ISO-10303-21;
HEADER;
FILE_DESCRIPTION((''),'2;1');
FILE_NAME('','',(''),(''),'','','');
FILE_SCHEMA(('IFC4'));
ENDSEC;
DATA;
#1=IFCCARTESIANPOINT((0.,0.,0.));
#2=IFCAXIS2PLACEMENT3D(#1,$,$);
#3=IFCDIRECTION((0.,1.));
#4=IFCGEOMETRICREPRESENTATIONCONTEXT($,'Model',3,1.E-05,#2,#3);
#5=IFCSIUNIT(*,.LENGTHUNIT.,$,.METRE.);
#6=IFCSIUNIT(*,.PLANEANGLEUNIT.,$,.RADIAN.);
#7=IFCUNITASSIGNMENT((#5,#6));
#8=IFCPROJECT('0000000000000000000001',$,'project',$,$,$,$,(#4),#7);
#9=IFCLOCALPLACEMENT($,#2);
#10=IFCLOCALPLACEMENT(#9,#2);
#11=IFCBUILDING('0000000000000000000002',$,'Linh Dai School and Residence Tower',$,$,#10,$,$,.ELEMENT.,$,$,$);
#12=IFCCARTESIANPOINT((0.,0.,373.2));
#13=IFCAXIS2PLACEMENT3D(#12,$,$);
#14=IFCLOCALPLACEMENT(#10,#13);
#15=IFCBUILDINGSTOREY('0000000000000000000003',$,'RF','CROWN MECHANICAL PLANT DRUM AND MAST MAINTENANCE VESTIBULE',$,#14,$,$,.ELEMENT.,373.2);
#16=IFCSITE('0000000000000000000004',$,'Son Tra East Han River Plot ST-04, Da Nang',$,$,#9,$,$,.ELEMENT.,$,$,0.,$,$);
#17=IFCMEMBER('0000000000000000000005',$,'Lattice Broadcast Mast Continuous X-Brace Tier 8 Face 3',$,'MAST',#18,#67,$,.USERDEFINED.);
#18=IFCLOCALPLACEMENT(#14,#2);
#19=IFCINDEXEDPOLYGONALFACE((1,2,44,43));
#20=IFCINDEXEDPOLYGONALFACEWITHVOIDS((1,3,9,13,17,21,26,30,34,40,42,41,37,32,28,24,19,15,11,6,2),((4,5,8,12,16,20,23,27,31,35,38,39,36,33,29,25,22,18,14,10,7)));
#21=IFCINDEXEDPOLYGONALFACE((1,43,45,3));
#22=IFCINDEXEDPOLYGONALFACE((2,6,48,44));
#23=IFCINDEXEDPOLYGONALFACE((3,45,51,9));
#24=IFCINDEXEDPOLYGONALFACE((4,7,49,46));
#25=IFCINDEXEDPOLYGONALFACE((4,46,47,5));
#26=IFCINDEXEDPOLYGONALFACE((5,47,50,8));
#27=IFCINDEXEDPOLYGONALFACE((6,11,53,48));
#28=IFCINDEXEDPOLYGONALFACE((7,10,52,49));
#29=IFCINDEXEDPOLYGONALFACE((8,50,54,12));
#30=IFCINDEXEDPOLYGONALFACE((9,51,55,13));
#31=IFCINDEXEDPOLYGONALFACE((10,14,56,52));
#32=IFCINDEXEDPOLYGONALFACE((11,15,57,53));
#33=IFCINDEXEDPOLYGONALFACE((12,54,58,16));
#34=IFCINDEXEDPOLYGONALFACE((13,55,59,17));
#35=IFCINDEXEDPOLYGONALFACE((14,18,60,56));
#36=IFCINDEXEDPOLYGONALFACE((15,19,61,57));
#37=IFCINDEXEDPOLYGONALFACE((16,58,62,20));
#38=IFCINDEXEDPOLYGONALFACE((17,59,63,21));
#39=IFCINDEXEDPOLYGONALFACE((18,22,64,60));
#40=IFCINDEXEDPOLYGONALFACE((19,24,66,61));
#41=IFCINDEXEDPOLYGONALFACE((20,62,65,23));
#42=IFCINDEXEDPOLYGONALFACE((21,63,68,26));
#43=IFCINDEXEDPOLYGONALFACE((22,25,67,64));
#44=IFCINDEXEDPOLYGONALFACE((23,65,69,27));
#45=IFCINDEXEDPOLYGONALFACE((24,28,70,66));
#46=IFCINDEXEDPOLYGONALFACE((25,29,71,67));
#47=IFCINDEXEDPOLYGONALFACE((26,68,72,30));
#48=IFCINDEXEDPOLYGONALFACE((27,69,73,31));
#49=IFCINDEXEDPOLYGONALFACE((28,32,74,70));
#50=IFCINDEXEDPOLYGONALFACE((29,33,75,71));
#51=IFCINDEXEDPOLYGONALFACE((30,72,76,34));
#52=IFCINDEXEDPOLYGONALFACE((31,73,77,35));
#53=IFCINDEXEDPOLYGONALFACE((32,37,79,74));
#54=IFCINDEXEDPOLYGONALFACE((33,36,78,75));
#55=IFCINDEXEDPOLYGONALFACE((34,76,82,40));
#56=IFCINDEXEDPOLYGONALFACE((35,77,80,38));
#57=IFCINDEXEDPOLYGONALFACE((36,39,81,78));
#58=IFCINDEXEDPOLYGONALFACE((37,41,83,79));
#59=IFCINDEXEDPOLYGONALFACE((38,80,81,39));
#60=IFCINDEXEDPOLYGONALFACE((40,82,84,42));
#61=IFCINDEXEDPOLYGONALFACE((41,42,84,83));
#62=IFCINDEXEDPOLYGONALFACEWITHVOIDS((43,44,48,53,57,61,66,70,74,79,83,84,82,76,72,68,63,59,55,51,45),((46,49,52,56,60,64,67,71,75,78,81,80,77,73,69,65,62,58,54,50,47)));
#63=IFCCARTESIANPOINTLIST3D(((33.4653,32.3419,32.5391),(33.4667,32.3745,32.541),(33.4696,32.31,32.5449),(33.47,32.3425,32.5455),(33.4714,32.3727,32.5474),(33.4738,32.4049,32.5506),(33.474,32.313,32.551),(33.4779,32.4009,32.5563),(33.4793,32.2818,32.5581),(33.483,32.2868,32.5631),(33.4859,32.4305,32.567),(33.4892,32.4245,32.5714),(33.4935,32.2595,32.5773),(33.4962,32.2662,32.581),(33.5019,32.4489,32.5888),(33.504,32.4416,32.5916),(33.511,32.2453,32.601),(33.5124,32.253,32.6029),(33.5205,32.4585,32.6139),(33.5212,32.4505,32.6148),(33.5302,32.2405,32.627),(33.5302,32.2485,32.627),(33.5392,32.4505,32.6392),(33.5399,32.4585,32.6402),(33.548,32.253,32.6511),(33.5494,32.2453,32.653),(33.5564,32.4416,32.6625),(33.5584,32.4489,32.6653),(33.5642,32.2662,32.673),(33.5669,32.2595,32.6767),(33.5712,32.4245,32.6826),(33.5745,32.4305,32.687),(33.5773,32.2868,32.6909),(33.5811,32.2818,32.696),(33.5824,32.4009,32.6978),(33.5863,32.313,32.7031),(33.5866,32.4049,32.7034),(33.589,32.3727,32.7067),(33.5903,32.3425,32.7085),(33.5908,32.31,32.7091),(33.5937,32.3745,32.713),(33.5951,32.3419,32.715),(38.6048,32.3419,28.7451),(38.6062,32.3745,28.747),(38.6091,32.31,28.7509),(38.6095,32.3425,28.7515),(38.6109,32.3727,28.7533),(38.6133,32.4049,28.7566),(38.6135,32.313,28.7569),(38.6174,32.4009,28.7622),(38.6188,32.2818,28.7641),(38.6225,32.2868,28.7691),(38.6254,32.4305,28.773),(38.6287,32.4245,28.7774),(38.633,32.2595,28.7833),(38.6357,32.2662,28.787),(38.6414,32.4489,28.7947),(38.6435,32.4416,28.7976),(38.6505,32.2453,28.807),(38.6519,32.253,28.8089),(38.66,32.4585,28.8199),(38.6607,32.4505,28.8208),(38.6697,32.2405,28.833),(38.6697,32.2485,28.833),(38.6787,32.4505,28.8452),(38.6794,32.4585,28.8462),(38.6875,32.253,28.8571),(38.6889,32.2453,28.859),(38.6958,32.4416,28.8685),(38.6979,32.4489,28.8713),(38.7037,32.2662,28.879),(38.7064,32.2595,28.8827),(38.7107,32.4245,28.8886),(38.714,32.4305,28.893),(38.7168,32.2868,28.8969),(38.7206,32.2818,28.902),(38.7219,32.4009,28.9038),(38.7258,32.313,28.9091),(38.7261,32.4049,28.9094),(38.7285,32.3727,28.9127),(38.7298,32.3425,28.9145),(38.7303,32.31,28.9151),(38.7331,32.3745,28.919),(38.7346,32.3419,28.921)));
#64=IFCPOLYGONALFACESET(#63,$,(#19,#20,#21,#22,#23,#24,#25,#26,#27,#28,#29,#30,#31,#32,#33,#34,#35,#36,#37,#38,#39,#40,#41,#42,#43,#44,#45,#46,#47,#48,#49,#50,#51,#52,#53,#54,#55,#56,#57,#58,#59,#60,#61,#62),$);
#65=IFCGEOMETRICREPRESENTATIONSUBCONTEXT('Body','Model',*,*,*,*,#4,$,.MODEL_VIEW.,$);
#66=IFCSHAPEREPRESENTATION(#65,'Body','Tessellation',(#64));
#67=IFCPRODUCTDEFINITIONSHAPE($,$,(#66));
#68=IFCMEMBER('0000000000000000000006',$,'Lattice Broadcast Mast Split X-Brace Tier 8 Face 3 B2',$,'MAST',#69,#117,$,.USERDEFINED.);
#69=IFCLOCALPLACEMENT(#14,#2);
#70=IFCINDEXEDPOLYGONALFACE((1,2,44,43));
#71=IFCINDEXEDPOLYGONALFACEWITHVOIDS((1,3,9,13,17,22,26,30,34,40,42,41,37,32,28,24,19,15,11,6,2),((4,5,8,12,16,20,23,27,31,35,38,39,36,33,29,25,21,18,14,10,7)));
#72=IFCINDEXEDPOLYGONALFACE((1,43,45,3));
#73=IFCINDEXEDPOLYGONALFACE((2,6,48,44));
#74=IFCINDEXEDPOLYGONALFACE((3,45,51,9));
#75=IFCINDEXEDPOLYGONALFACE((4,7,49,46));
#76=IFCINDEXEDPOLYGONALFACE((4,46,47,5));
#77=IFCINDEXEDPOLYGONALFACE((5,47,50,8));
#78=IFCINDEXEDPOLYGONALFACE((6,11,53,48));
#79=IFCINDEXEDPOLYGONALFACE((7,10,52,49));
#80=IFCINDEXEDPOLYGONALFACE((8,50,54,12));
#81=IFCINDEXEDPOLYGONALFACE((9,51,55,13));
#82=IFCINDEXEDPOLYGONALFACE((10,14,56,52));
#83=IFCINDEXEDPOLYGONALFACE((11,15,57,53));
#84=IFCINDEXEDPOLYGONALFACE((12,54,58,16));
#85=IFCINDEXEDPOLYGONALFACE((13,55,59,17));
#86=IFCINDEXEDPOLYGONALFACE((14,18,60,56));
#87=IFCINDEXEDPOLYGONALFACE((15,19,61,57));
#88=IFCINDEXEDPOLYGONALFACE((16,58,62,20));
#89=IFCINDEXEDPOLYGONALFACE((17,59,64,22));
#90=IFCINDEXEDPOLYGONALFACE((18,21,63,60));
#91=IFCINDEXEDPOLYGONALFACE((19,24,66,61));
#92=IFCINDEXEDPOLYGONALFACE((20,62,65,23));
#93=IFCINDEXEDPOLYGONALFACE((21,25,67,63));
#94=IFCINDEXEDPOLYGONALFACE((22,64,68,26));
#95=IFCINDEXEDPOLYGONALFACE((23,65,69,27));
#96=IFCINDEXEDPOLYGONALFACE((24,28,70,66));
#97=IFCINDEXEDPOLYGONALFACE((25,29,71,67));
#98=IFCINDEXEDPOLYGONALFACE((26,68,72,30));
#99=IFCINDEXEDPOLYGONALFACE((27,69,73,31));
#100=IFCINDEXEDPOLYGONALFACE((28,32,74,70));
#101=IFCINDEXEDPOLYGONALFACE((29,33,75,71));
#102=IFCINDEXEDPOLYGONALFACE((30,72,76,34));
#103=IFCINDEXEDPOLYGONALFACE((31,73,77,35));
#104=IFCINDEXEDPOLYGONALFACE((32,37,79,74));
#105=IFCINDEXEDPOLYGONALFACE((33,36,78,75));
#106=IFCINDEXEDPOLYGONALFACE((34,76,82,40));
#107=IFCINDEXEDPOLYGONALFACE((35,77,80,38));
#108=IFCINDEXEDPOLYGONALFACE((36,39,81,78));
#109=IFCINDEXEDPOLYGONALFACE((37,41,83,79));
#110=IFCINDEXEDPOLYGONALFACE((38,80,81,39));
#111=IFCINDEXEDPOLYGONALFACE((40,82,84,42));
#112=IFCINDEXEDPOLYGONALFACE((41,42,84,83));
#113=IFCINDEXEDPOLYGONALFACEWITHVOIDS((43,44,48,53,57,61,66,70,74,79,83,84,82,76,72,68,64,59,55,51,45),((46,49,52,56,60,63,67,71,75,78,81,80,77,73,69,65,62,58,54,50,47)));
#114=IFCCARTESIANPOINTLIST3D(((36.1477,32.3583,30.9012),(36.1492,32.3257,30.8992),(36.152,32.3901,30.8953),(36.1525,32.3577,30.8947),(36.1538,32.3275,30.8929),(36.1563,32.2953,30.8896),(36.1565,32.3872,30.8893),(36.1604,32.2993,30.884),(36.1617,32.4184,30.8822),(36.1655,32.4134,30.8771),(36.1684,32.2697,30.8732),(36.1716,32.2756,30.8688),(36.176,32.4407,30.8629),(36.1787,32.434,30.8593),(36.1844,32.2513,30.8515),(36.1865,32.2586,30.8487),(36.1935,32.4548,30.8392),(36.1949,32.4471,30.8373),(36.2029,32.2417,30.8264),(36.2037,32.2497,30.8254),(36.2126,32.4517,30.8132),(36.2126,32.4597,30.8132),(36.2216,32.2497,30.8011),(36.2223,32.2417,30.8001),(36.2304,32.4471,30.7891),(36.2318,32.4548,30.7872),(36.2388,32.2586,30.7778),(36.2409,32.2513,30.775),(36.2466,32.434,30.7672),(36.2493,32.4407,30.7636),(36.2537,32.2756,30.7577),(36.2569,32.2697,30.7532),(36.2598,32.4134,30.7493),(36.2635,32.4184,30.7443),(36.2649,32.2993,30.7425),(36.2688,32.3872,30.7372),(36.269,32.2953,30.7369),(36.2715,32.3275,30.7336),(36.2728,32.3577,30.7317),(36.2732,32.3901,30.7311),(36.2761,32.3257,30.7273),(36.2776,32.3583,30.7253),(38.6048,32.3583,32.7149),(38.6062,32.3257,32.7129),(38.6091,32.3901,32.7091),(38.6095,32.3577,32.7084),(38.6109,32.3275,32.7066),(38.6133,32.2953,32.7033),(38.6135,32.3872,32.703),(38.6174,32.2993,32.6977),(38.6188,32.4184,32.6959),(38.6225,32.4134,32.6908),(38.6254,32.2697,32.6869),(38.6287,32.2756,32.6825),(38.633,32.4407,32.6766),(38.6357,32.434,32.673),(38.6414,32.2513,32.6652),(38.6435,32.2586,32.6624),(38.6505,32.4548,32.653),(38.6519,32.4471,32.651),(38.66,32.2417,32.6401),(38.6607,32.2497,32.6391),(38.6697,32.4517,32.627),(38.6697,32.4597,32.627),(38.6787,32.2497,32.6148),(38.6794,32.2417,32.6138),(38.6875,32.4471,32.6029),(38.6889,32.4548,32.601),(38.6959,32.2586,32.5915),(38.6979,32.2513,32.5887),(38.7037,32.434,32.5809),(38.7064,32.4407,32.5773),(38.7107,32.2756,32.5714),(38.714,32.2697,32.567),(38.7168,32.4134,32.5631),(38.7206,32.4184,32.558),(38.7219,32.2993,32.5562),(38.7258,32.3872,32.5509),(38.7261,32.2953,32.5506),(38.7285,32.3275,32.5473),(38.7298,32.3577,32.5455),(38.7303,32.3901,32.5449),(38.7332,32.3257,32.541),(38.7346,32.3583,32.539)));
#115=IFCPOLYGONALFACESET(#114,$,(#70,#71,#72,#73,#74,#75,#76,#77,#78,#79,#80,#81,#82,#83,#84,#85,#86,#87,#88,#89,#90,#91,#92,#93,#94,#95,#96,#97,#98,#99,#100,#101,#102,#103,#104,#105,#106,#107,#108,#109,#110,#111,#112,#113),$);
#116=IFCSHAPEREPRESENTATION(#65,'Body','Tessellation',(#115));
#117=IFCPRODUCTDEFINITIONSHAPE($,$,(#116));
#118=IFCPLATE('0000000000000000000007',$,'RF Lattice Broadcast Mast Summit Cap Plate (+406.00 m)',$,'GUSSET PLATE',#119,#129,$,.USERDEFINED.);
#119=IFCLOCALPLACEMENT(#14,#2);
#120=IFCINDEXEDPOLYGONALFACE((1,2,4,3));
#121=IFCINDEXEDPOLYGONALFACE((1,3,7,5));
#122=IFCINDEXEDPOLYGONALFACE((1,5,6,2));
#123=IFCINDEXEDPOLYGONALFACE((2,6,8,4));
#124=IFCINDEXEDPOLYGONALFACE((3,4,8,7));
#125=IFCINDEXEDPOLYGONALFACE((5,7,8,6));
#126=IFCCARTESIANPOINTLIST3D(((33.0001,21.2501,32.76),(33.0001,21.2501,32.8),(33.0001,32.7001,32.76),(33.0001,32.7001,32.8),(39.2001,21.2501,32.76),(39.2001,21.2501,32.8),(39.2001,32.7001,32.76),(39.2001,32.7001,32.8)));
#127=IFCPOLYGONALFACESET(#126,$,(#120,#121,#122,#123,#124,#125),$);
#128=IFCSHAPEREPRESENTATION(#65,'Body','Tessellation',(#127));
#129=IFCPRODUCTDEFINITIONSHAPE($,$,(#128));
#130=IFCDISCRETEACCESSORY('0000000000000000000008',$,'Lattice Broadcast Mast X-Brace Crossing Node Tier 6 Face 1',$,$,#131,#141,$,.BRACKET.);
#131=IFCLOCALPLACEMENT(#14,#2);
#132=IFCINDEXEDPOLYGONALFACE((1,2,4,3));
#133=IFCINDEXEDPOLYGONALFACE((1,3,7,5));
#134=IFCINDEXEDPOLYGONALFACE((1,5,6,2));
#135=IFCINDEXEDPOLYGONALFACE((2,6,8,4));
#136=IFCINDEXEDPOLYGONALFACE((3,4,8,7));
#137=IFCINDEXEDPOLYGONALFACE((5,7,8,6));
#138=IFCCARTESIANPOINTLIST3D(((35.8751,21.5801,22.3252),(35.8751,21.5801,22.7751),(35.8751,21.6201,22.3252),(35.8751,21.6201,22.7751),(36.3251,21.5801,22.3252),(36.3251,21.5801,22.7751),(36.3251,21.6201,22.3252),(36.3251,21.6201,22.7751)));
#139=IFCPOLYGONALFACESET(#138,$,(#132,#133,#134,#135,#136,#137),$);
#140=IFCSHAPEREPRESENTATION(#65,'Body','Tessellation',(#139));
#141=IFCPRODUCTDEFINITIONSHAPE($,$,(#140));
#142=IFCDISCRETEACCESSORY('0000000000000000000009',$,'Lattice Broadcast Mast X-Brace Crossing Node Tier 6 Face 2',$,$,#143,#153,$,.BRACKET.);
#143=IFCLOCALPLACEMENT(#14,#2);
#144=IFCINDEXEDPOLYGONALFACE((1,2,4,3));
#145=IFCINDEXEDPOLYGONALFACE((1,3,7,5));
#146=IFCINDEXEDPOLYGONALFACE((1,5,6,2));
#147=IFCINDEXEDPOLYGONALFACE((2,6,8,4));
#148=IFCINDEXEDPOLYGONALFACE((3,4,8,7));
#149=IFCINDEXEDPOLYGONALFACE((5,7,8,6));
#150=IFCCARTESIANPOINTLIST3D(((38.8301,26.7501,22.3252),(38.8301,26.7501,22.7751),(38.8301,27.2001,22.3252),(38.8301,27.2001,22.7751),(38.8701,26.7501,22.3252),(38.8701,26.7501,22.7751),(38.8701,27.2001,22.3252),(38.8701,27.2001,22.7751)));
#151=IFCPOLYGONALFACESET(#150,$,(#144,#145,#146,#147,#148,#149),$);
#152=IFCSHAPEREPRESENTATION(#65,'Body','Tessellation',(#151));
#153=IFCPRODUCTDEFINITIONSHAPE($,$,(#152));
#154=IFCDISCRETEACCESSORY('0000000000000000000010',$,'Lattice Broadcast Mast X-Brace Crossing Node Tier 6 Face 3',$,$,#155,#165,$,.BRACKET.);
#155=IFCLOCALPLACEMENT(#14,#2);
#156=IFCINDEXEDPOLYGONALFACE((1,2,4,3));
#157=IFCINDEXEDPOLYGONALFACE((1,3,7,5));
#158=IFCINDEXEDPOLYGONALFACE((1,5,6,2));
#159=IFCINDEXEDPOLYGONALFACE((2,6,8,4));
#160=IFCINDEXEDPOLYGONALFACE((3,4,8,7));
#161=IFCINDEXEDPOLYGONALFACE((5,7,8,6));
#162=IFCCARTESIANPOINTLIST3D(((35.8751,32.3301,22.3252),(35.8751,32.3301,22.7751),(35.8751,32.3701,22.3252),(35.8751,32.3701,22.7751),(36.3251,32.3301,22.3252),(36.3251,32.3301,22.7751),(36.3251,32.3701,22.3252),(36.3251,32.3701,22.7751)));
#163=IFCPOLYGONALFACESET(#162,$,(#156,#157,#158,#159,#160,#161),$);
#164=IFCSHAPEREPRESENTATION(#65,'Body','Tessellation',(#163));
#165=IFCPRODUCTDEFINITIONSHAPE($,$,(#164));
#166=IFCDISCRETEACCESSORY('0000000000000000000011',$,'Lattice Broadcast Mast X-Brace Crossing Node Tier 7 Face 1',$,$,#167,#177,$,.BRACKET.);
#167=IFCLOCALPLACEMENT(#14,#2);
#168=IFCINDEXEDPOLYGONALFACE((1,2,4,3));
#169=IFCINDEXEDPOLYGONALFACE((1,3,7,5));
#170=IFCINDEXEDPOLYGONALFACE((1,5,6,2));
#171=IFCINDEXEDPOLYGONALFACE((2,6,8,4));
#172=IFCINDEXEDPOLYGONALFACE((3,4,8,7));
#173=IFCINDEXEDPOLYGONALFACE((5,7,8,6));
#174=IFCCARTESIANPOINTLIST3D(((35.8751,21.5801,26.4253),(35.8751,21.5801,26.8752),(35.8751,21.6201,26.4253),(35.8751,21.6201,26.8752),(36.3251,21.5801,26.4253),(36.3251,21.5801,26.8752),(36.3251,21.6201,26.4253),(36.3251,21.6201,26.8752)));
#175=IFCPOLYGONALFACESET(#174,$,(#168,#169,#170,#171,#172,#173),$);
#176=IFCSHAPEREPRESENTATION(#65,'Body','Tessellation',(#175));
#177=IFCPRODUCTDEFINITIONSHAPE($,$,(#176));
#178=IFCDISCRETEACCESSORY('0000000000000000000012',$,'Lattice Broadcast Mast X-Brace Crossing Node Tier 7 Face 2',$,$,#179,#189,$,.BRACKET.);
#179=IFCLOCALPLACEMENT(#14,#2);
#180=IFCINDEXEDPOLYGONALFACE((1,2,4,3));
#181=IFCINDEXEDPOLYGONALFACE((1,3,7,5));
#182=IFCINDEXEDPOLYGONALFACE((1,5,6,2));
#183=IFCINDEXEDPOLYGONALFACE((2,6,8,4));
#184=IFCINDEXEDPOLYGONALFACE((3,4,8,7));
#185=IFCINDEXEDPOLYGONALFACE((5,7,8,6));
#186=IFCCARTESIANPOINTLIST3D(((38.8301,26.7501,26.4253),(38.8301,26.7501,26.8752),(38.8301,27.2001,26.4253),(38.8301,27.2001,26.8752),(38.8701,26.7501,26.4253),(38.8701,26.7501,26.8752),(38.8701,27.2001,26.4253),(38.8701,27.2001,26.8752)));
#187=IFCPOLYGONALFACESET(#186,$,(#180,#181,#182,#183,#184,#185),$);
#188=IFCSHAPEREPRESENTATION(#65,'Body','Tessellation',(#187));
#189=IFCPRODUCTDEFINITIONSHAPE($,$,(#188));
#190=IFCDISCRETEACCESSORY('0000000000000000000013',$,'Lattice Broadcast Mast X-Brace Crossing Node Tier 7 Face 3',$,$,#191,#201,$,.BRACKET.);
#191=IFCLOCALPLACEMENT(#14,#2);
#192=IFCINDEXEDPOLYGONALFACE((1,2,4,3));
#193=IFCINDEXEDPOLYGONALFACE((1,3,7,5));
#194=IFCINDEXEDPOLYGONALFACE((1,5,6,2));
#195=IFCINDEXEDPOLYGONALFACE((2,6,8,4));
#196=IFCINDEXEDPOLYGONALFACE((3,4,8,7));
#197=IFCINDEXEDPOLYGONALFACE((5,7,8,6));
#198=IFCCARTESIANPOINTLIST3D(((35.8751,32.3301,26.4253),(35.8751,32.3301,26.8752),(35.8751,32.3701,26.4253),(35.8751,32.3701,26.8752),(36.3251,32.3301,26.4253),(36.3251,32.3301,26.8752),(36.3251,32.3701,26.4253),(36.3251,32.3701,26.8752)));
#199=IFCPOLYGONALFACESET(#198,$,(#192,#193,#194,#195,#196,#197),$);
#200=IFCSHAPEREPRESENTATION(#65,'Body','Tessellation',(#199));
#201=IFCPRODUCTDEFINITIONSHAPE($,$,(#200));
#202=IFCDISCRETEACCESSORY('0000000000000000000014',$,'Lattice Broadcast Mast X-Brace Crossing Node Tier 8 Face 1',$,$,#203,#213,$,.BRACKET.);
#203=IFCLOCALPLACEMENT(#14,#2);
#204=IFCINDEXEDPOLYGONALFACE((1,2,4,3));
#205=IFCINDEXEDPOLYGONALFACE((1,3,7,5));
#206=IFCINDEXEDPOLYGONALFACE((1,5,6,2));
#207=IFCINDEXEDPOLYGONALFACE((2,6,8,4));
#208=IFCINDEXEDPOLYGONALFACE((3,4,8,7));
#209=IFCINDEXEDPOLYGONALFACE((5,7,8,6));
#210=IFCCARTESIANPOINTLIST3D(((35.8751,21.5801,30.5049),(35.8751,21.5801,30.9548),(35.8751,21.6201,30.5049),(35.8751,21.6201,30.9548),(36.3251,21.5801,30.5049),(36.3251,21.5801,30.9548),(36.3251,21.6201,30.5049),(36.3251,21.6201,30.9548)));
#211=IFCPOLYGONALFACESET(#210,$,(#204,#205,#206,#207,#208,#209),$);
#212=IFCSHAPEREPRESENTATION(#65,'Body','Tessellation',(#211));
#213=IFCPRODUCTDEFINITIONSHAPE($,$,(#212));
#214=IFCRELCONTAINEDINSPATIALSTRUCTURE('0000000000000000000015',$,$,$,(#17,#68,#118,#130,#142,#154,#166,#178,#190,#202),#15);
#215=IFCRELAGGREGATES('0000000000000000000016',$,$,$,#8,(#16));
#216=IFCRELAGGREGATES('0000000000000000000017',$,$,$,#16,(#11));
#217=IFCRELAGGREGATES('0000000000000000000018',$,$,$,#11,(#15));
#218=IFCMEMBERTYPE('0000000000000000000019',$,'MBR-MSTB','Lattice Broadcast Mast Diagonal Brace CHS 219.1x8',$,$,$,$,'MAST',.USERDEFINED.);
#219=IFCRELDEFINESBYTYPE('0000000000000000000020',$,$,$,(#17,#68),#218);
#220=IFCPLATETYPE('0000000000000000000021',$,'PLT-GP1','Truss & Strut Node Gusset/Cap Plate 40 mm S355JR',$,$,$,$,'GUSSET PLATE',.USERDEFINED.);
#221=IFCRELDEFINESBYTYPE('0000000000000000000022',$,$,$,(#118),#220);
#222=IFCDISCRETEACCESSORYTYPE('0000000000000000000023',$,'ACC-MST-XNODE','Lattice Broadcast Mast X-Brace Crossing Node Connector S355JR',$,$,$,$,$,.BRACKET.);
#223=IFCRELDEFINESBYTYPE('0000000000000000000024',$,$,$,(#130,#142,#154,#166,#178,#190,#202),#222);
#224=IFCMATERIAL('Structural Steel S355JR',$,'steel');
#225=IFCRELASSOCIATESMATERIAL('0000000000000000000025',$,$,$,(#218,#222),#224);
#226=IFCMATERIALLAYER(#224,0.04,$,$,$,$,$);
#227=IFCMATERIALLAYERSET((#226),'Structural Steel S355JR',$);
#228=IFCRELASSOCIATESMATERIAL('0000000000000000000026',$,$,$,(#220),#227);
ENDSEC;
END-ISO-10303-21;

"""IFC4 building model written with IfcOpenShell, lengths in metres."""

from ifc_helpers import new_model, si_unit, direction, frame, origin, origin_2d, place, context, subcontext, project, spatial, rectangle, hollow_circle, extrude, source, transform, mapped, material, layer, layer_set, material_profile, profile_set, type_object, element, save


model = new_model("IFC4")

# Units and contexts
model_context = context("Model", 3, precision=1e-05, world=origin(), true_north=direction((0.0, 1.0)))
body_context = subcontext(model_context, "Body", "Model", "MODEL_VIEW")
ifc_project = project(units=[si_unit("LENGTHUNIT", "METRE"), si_unit("PLANEANGLEUNIT", "RADIAN")], contexts=[model_context])

# Site, building, storey
site_placement = place(None, origin())
site = spatial("IfcSite", under=ifc_project, at=site_placement, Name="Son Tra East Han River Plot ST-04, Da Nang", CompositionType="ELEMENT", RefElevation=0.0)
building_placement = place(site_placement, origin())
building = spatial("IfcBuilding", under=site, at=building_placement, Name="Linh Dai School and Residence Tower", CompositionType="ELEMENT")
storey_placement = place(building_placement, frame((0.0, 0.0, 373.2)))
storey = spatial("IfcBuildingStorey", under=building, at=storey_placement, Name="RF", Description="CROWN MECHANICAL PLANT DRUM AND MAST MAINTENANCE VESTIBULE", CompositionType="ELEMENT", Elevation=373.2)

# Shared definitions
ifc_material = material(Name="Structural Steel S355JR", Category="steel")

# Members
ifc_material_profile_1 = material_profile(ifc_material, hollow_circle(Radius=0.1096, WallThickness=0.0081, at=origin_2d()), Name="CHS 219.1x8")
ifc_profile_set_1 = profile_set([ifc_material_profile_1], Name="Structural Steel S355JR")
member_type = type_object("IfcMemberType", Name="MBR-MSTB", Description="Lattice Broadcast Mast Diagonal Brace CHS 219.1x8", ElementType="MAST", PredefinedType="USERDEFINED", material=ifc_profile_set_1)
member_1_placement = place(storey_placement, frame((38.6697, 32.3501, 28.833), z_axis=(-0.804531, 0.0, 0.593911), x_axis=(0.0, -1.0, 0.0)))
element("IfcMember", 1, at=member_1_placement, inside=storey, type_object=member_type, Name="Lattice Broadcast Mast Continuous X-Brace Tier 8 Face 3", ObjectType="MAST", PredefinedType="USERDEFINED", context=body_context, shape_type="SweptSolid", body=[
    extrude(hollow_circle(Radius=0.1096, WallThickness=0.0081, at=origin_2d()), origin(), (0.0, 0.0, 1.0), 6.3882),
])
member_2_placement = place(storey_placement, frame((36.2126, 32.3501, 30.8132), z_axis=(0.804543, 0.0, 0.593894), x_axis=(0.0, 1.0, 0.0)))
element("IfcMember", 2, at=member_2_placement, inside=storey, type_object=member_type, Name="Lattice Broadcast Mast Split X-Brace Tier 8 Face 3 B2", ObjectType="MAST", PredefinedType="USERDEFINED", context=body_context, shape_type="SweptSolid", body=[
    extrude(hollow_circle(Radius=0.1096, WallThickness=0.0081, at=origin_2d()), origin(), (0.0, 0.0, 1.0), 3.054),
])

# Plate
ifc_layer = layer(ifc_material, 0.04)
ifc_layer_set = layer_set([ifc_layer], Name="Structural Steel S355JR")
plate_type = type_object("IfcPlateType", Name="PLT-GP1", Description="Truss & Strut Node Gusset/Cap Plate 40 mm S355JR", ElementType="GUSSET PLATE", PredefinedType="USERDEFINED", material=ifc_layer_set)
shared_shape_1 = source(origin(), body_context, "Body", "SweptSolid", [
    extrude(rectangle(XDim=6.2, YDim=11.45, at=origin_2d()), origin(), (0.0, 0.0, 1.0), 0.04),
])
plate_placement = place(storey_placement, frame((36.1001, 26.9751, 32.76), z_axis=(0.0, 0.0, 1.0), x_axis=(1.0, 0.0, 0.0)))
element("IfcPlate", 3, at=plate_placement, inside=storey, type_object=plate_type, Name="RF Lattice Broadcast Mast Summit Cap Plate (+406.00 m)", ObjectType="GUSSET PLATE", PredefinedType="USERDEFINED", context=body_context, shape_type="MappedRepresentation", body=[
    mapped(shared_shape_1, transform((0.0, 0.0, 0.0), x_axis=(1.0, 0.0, 0.0), y_axis=(0.0, 1.0, 0.0), z_axis=(0.0, 0.0, 1.0), scale=1.0)),
])

# Discrete accessories
discrete_accessory_type = type_object("IfcDiscreteAccessoryType", Name="ACC-MST-XNODE", Description="Lattice Broadcast Mast X-Brace Crossing Node Connector S355JR", PredefinedType="BRACKET", material=ifc_material)
shared_shape_2 = source(origin(), body_context, "Body", "SweptSolid", [
    extrude(rectangle(XDim=0.45, YDim=0.04, at=origin_2d()), origin(), (0.0, 0.0, 1.0), 0.45),
])
for number, where, z_axis, x_axis, name in (
    (4, (36.1001, 21.6001, 22.3252), (0.0, 0.0, 1.0), (1.0, 0.0, 0.0), "Lattice Broadcast Mast X-Brace Crossing Node Tier 6 Face 1"),
    (5, (38.8501, 26.9751, 22.3252), (0.0, 0.0, 1.0), (0.0, 1.0, 0.0), "Lattice Broadcast Mast X-Brace Crossing Node Tier 6 Face 2"),
    (6, (36.1001, 32.3501, 22.3252), (0.0, 0.0, 1.0), (-1.0, 0.0, 0.0), "Lattice Broadcast Mast X-Brace Crossing Node Tier 6 Face 3"),
    (7, (36.1001, 21.6001, 26.4253), (0.0, 0.0, 1.0), (1.0, 0.0, 0.0), "Lattice Broadcast Mast X-Brace Crossing Node Tier 7 Face 1"),
    (8, (38.8501, 26.9751, 26.4253), (0.0, 0.0, 1.0), (0.0, 1.0, 0.0), "Lattice Broadcast Mast X-Brace Crossing Node Tier 7 Face 2"),
    (9, (36.1001, 32.3501, 26.4253), (0.0, 0.0, 1.0), (-1.0, 0.0, 0.0), "Lattice Broadcast Mast X-Brace Crossing Node Tier 7 Face 3"),
    (10, (36.1001, 21.6001, 30.5049), (0.0, 0.0, 1.0), (1.0, 0.0, 0.0), "Lattice Broadcast Mast X-Brace Crossing Node Tier 8 Face 1"),
):
    element("IfcDiscreteAccessory", number, at=place(storey_placement, frame(where, z_axis=z_axis, x_axis=x_axis)), inside=storey, type_object=discrete_accessory_type, Name=name, PredefinedType="BRACKET", context=body_context, shape_type="MappedRepresentation", body=[
        mapped(shared_shape_2, transform((0.0, 0.0, 0.0), x_axis=(1.0, 0.0, 0.0), y_axis=(0.0, 1.0, 0.0), z_axis=(0.0, 0.0, 1.0), scale=1.0)),
    ])

save(model, "model.ifc")
